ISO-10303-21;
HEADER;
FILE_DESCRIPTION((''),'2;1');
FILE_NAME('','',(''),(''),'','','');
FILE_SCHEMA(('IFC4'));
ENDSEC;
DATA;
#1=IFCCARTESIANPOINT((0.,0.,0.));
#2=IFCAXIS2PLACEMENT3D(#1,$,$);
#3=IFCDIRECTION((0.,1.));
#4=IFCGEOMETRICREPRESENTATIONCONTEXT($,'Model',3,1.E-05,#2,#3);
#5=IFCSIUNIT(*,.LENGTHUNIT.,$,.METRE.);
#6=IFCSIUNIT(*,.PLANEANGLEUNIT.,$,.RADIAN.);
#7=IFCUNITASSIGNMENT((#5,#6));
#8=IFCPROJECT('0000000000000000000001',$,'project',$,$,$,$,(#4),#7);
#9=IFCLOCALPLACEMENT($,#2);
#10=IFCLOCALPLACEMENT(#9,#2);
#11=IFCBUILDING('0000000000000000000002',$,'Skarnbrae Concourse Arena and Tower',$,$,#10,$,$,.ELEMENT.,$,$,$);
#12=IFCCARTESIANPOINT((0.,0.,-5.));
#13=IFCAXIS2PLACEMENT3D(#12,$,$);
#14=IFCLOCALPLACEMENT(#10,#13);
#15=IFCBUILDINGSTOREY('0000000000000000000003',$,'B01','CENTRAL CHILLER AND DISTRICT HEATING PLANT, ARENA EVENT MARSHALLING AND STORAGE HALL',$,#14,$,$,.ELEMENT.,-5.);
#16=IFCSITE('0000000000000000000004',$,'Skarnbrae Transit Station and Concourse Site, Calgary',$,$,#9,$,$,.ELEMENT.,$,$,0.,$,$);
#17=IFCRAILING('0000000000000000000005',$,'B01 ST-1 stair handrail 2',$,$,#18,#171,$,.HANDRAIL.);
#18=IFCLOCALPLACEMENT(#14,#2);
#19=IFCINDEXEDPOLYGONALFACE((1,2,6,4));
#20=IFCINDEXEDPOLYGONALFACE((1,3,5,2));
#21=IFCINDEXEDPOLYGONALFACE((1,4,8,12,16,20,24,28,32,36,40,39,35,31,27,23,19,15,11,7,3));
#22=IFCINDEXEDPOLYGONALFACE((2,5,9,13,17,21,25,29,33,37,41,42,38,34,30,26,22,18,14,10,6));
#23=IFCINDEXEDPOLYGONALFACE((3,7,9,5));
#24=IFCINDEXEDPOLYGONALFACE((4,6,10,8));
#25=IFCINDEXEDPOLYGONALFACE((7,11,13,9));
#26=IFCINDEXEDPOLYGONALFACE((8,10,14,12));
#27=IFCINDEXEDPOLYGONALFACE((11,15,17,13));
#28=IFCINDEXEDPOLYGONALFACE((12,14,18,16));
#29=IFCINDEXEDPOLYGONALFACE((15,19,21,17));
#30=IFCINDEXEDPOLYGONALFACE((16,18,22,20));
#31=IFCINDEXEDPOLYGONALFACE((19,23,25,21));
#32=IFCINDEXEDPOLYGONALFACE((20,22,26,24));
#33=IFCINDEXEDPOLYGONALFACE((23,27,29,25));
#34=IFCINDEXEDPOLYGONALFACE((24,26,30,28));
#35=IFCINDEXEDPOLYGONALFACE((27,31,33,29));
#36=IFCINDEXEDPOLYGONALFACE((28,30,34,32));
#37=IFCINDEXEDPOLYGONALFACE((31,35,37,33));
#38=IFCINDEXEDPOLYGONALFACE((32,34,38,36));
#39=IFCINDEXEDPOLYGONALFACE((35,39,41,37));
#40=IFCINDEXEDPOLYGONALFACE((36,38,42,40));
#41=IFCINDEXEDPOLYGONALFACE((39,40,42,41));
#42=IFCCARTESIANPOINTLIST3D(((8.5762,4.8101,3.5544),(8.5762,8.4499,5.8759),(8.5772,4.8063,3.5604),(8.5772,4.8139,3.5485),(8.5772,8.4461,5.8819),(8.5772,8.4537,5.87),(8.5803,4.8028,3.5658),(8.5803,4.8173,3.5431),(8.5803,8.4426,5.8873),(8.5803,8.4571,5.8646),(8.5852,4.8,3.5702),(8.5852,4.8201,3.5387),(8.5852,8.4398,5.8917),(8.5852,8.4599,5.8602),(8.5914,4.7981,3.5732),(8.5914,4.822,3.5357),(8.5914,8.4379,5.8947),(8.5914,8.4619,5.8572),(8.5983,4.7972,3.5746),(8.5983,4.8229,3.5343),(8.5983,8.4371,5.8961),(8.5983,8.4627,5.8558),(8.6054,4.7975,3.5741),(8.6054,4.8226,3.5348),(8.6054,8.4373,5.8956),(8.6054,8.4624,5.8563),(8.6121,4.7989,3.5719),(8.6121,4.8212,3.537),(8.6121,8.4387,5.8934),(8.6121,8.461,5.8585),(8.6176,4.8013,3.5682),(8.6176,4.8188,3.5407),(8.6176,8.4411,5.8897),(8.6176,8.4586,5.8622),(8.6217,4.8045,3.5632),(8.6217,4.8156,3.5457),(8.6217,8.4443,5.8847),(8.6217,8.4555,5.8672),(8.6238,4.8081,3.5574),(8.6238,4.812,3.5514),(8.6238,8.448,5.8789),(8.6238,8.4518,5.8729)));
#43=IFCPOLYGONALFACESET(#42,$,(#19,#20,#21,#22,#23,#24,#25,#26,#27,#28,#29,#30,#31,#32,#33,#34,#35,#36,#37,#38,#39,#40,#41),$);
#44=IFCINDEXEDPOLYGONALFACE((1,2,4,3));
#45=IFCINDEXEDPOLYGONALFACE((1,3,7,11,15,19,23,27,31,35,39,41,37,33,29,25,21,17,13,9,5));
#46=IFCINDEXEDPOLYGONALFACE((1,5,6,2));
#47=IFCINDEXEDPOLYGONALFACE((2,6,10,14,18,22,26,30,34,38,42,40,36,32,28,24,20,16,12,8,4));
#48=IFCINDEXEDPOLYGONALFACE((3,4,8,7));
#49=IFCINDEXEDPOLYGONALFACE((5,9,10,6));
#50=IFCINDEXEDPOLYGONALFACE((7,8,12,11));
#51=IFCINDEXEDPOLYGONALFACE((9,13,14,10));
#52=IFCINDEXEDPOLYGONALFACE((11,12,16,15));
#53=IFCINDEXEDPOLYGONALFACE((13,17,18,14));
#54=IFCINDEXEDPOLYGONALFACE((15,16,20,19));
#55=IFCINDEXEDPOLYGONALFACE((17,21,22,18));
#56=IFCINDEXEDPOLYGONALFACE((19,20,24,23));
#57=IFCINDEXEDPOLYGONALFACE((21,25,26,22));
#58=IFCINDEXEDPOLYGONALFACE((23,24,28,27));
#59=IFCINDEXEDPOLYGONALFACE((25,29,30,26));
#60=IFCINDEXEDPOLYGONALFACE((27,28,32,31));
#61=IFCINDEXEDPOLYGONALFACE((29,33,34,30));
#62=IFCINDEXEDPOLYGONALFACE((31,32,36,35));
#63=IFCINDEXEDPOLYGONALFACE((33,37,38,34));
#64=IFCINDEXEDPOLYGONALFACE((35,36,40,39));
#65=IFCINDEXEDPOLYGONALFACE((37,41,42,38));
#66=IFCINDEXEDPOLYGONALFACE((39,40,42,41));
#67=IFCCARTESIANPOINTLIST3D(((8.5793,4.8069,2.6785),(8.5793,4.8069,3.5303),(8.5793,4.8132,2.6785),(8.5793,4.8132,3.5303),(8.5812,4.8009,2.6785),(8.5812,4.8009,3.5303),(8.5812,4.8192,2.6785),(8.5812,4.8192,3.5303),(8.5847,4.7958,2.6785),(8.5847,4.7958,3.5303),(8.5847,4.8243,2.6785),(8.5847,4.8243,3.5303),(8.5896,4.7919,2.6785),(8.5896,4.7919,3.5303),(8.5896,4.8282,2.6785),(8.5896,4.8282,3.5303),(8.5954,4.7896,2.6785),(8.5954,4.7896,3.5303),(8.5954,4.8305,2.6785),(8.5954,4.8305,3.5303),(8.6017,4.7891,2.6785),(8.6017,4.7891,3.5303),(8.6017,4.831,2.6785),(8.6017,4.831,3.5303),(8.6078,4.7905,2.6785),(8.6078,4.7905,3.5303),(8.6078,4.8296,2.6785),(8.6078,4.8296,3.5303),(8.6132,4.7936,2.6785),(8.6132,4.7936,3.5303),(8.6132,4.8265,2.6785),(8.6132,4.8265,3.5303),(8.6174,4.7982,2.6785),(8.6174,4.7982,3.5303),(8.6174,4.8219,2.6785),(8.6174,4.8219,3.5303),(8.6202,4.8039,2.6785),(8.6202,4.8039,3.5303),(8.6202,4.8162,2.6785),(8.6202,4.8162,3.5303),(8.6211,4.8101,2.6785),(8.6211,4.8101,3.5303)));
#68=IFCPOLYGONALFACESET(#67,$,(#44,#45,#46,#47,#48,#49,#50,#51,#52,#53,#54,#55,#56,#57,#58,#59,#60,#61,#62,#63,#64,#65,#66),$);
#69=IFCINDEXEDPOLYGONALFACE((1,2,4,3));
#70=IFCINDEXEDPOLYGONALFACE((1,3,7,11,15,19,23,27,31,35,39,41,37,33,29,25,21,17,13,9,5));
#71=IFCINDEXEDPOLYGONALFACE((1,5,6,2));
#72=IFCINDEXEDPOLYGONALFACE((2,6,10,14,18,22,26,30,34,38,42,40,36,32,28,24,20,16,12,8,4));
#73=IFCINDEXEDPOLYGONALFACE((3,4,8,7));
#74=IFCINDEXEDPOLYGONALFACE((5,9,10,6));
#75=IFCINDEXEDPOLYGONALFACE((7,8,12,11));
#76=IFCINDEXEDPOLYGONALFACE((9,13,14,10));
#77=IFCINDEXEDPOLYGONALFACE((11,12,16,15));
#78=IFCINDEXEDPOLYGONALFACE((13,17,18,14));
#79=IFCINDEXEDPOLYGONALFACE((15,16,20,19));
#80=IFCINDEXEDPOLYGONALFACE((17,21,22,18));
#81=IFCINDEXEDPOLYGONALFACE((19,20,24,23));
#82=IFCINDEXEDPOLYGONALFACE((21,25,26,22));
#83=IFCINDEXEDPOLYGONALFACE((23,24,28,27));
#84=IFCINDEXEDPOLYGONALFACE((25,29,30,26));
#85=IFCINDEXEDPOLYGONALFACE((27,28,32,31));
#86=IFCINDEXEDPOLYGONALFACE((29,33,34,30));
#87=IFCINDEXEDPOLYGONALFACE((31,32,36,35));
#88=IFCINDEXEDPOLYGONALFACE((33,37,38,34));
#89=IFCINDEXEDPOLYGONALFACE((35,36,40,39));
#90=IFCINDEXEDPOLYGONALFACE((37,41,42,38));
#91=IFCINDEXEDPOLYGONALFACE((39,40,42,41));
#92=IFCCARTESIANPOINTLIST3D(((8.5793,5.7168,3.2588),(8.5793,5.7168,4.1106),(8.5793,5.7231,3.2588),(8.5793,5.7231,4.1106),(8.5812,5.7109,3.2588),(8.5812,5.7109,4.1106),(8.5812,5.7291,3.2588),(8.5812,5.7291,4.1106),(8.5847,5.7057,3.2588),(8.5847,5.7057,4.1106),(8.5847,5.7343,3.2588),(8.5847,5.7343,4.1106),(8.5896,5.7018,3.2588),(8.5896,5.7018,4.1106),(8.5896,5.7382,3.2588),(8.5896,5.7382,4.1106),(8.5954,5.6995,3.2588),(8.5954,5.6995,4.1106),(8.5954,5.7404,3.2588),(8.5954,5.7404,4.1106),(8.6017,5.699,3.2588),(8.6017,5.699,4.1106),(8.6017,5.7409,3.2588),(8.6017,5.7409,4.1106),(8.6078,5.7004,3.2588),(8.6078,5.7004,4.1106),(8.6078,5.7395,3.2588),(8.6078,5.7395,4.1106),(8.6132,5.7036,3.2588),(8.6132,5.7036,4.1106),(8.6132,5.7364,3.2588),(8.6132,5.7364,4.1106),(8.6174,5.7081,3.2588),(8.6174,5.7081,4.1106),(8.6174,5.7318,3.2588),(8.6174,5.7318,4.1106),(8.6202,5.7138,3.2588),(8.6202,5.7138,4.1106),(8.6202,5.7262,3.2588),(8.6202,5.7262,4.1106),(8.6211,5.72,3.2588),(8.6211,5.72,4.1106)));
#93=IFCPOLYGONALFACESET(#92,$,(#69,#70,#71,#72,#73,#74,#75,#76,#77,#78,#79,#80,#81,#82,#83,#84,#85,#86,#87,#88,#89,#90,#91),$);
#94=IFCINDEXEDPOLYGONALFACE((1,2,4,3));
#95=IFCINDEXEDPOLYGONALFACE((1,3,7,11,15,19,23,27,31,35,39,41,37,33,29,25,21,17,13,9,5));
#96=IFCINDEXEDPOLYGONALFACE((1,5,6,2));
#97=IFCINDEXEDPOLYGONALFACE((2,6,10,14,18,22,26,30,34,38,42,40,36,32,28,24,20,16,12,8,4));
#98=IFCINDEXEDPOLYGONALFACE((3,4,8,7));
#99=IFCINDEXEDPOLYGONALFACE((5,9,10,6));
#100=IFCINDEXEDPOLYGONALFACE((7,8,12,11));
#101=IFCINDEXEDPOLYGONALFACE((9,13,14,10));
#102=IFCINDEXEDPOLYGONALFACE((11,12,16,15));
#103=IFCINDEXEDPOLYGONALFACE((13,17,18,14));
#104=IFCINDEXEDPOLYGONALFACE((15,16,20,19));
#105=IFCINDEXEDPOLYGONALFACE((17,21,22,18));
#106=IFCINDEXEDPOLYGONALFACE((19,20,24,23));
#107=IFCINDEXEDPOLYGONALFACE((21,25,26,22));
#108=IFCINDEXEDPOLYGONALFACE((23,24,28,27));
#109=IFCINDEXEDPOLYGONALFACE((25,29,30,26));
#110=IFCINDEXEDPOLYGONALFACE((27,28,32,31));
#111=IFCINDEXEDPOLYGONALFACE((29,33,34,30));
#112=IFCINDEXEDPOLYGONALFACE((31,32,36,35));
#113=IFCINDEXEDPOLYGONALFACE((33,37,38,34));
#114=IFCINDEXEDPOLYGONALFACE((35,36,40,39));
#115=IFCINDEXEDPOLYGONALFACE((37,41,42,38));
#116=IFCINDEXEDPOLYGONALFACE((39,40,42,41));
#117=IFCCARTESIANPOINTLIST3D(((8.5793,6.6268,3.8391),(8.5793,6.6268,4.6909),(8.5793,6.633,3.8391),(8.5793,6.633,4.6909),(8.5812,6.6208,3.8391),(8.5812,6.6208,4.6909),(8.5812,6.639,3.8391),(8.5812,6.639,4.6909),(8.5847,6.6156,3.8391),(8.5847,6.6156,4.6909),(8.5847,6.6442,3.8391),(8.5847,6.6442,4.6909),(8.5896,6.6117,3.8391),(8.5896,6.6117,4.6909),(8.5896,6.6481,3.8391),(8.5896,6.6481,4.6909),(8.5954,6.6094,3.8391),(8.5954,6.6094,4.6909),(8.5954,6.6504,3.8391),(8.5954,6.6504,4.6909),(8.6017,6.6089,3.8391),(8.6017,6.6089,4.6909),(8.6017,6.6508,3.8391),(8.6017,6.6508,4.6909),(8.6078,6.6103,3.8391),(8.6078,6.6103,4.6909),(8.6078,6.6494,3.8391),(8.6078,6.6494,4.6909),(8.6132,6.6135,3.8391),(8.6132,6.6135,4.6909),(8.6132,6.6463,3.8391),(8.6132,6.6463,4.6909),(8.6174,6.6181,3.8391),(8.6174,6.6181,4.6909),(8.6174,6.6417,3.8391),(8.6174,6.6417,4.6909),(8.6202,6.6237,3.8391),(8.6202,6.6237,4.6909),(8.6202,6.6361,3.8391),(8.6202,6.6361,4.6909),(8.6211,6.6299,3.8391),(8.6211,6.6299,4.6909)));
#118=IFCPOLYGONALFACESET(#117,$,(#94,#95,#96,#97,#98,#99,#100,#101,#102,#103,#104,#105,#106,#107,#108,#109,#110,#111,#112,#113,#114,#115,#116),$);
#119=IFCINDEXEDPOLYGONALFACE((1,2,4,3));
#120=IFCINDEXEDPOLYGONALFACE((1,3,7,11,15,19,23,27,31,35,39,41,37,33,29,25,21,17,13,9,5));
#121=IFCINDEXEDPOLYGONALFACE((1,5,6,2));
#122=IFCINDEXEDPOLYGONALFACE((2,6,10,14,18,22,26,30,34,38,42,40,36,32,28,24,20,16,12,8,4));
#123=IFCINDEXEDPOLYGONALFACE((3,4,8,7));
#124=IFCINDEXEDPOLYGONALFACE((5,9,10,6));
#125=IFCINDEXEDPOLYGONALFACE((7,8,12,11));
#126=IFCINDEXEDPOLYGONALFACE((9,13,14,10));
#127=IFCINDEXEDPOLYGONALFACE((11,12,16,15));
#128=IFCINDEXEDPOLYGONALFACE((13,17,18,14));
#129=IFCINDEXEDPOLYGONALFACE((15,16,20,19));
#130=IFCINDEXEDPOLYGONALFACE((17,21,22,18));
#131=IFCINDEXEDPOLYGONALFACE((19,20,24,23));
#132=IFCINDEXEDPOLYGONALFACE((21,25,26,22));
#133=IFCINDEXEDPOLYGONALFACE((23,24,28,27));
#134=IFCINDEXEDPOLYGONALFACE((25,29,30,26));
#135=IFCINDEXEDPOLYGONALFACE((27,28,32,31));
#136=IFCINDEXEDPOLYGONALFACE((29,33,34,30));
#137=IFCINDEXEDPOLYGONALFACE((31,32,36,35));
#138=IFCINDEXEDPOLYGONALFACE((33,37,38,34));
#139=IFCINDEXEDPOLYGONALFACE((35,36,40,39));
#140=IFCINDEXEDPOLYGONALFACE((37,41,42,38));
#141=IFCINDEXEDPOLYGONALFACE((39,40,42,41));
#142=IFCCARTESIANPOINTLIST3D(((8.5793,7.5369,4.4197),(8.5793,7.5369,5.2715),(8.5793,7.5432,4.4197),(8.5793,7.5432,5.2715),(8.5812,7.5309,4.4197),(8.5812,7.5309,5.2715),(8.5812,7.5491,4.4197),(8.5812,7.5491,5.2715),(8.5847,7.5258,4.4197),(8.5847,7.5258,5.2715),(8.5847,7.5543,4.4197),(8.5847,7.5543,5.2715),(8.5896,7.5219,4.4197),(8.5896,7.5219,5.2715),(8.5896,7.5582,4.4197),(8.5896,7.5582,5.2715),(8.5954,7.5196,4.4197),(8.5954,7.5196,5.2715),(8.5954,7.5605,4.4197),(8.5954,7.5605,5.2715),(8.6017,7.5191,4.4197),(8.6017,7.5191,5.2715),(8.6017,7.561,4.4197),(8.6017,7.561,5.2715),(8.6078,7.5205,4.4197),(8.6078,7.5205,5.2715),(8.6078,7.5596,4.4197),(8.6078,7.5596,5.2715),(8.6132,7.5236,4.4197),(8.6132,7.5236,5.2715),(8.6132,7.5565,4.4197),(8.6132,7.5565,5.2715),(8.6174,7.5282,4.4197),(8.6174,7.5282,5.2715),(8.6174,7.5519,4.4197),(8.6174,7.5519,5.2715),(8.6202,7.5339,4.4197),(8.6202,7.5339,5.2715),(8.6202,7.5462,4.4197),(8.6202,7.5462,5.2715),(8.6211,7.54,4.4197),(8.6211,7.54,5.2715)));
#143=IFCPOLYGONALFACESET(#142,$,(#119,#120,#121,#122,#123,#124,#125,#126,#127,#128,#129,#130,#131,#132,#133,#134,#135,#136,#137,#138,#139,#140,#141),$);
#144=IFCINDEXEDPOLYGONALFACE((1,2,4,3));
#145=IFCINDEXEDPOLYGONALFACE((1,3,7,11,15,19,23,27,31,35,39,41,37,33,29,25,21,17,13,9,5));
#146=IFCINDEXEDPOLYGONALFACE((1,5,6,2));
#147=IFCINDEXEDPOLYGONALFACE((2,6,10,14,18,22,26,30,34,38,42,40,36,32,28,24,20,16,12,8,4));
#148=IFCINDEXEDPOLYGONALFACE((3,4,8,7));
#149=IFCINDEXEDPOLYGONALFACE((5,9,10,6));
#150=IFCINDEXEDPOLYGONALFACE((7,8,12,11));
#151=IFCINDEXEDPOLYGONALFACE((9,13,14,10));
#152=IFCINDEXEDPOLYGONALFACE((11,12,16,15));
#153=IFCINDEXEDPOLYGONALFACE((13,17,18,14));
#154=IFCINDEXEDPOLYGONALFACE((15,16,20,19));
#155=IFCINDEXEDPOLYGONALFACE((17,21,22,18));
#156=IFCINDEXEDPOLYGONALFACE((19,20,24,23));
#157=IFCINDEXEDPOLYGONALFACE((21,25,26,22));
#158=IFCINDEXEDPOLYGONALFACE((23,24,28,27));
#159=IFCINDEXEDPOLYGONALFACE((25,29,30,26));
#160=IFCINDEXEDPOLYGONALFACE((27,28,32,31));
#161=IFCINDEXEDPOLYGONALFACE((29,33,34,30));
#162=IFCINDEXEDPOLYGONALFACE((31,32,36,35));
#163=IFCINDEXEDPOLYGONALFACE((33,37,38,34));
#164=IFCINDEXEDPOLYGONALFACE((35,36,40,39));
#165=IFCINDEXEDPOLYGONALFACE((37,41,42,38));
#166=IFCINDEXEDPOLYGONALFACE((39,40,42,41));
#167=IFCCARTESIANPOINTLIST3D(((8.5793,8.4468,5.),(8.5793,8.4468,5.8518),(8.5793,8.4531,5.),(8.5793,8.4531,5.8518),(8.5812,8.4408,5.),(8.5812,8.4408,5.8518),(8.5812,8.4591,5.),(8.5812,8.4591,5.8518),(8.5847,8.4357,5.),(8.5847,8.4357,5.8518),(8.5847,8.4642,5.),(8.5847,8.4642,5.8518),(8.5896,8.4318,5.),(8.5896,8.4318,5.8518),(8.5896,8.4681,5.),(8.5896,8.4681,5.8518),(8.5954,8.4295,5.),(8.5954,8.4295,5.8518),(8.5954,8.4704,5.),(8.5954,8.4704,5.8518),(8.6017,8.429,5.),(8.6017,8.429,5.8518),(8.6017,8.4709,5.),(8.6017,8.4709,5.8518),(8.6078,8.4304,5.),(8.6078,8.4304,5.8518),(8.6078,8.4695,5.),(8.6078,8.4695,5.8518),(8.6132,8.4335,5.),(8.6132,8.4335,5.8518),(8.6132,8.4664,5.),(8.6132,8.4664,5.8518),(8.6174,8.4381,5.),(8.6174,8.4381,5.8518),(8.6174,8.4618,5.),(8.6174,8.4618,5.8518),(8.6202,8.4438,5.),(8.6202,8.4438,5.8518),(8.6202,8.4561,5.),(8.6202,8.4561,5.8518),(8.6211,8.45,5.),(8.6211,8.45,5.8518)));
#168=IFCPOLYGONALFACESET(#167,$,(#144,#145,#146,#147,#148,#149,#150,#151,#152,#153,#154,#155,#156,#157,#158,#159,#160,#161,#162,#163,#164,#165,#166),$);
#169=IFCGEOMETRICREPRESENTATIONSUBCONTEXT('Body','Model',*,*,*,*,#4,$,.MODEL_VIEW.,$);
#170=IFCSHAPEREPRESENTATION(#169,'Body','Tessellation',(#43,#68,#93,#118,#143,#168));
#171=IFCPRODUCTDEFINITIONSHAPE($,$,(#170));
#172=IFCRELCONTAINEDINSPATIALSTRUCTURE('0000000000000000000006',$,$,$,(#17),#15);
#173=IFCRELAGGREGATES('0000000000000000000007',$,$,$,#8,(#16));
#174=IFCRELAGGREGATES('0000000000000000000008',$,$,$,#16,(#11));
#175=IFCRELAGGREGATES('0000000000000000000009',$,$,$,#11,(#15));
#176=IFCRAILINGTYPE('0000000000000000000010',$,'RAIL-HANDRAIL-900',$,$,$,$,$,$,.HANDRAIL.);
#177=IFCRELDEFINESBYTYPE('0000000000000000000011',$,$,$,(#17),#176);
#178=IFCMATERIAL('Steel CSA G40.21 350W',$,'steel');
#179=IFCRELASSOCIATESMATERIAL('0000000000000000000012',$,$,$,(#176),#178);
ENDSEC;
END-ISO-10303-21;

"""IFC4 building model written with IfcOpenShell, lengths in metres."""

from ifc_helpers import new_model, si_unit, direction, frame, origin, origin_2d, place, context, subcontext, project, spatial, circle, extrude, material, type_object, element, save


model = new_model("IFC4")

# Units and contexts
model_context = context("Model", 3, precision=1e-05, world=origin(), true_north=direction((0.0, 1.0)))
body_context = subcontext(model_context, "Body", "Model", "MODEL_VIEW")
ifc_project = project(units=[si_unit("LENGTHUNIT", "METRE"), si_unit("PLANEANGLEUNIT", "RADIAN")], contexts=[model_context])

# Site, building, storey
site_placement = place(None, origin())
site = spatial("IfcSite", under=ifc_project, at=site_placement, Name="Skarnbrae Transit Station and Concourse Site, Calgary", CompositionType="ELEMENT", RefElevation=0.0)
building_placement = place(site_placement, origin())
building = spatial("IfcBuilding", under=site, at=building_placement, Name="Skarnbrae Concourse Arena and Tower", CompositionType="ELEMENT")
storey_placement = place(building_placement, frame((0.0, 0.0, -5.0)))
storey = spatial("IfcBuildingStorey", under=building, at=storey_placement, Name="B01", Description="CENTRAL CHILLER AND DISTRICT HEATING PLANT, ARENA EVENT MARSHALLING AND STORAGE HALL", CompositionType="ELEMENT", Elevation=-5.0)

# Shared definitions
ifc_material_1 = material(Name="Steel CSA G40.21 350W", Category="steel")

# Railing
railing_type = type_object("IfcRailingType", Name="RAIL-HANDRAIL-900", PredefinedType="HANDRAIL", material=ifc_material_1)
railing_placement = place(storey_placement, frame((8.6001, 4.8101, 2.6785)))
element("IfcRailing", 1, at=railing_placement, inside=storey, type_object=railing_type, Name="B01 ST-1 stair handrail 2", PredefinedType="HANDRAIL", context=body_context, shape_type="SweptSolid", body=[
    extrude(circle(Radius=0.0239, at=origin_2d()), frame((0.0, 0.0, 0.876), z_axis=(0.0, 0.843112, 0.537739), x_axis=(-1.0, 0.0, 0.0)), (0.0, 0.0, 1.0), 4.3171),
    extrude(circle(Radius=0.021, at=origin_2d()), origin(), (0.0, 0.0, 1.0), 0.8518),
    extrude(circle(Radius=0.021, at=origin_2d()), frame((0.0, 0.9099, 0.5803)), (0.0, 0.0, 1.0), 0.8518),
    extrude(circle(Radius=0.021, at=origin_2d()), frame((0.0, 1.8198, 1.1606)), (0.0, 0.0, 1.0), 0.8518),
    extrude(circle(Radius=0.021, at=origin_2d()), frame((0.0, 2.73, 1.7412)), (0.0, 0.0, 1.0), 0.8518),
    extrude(circle(Radius=0.021, at=origin_2d()), frame((0.0, 3.6399, 2.3215)), (0.0, 0.0, 1.0), 0.8518),
])

save(model, "model.ifc")
